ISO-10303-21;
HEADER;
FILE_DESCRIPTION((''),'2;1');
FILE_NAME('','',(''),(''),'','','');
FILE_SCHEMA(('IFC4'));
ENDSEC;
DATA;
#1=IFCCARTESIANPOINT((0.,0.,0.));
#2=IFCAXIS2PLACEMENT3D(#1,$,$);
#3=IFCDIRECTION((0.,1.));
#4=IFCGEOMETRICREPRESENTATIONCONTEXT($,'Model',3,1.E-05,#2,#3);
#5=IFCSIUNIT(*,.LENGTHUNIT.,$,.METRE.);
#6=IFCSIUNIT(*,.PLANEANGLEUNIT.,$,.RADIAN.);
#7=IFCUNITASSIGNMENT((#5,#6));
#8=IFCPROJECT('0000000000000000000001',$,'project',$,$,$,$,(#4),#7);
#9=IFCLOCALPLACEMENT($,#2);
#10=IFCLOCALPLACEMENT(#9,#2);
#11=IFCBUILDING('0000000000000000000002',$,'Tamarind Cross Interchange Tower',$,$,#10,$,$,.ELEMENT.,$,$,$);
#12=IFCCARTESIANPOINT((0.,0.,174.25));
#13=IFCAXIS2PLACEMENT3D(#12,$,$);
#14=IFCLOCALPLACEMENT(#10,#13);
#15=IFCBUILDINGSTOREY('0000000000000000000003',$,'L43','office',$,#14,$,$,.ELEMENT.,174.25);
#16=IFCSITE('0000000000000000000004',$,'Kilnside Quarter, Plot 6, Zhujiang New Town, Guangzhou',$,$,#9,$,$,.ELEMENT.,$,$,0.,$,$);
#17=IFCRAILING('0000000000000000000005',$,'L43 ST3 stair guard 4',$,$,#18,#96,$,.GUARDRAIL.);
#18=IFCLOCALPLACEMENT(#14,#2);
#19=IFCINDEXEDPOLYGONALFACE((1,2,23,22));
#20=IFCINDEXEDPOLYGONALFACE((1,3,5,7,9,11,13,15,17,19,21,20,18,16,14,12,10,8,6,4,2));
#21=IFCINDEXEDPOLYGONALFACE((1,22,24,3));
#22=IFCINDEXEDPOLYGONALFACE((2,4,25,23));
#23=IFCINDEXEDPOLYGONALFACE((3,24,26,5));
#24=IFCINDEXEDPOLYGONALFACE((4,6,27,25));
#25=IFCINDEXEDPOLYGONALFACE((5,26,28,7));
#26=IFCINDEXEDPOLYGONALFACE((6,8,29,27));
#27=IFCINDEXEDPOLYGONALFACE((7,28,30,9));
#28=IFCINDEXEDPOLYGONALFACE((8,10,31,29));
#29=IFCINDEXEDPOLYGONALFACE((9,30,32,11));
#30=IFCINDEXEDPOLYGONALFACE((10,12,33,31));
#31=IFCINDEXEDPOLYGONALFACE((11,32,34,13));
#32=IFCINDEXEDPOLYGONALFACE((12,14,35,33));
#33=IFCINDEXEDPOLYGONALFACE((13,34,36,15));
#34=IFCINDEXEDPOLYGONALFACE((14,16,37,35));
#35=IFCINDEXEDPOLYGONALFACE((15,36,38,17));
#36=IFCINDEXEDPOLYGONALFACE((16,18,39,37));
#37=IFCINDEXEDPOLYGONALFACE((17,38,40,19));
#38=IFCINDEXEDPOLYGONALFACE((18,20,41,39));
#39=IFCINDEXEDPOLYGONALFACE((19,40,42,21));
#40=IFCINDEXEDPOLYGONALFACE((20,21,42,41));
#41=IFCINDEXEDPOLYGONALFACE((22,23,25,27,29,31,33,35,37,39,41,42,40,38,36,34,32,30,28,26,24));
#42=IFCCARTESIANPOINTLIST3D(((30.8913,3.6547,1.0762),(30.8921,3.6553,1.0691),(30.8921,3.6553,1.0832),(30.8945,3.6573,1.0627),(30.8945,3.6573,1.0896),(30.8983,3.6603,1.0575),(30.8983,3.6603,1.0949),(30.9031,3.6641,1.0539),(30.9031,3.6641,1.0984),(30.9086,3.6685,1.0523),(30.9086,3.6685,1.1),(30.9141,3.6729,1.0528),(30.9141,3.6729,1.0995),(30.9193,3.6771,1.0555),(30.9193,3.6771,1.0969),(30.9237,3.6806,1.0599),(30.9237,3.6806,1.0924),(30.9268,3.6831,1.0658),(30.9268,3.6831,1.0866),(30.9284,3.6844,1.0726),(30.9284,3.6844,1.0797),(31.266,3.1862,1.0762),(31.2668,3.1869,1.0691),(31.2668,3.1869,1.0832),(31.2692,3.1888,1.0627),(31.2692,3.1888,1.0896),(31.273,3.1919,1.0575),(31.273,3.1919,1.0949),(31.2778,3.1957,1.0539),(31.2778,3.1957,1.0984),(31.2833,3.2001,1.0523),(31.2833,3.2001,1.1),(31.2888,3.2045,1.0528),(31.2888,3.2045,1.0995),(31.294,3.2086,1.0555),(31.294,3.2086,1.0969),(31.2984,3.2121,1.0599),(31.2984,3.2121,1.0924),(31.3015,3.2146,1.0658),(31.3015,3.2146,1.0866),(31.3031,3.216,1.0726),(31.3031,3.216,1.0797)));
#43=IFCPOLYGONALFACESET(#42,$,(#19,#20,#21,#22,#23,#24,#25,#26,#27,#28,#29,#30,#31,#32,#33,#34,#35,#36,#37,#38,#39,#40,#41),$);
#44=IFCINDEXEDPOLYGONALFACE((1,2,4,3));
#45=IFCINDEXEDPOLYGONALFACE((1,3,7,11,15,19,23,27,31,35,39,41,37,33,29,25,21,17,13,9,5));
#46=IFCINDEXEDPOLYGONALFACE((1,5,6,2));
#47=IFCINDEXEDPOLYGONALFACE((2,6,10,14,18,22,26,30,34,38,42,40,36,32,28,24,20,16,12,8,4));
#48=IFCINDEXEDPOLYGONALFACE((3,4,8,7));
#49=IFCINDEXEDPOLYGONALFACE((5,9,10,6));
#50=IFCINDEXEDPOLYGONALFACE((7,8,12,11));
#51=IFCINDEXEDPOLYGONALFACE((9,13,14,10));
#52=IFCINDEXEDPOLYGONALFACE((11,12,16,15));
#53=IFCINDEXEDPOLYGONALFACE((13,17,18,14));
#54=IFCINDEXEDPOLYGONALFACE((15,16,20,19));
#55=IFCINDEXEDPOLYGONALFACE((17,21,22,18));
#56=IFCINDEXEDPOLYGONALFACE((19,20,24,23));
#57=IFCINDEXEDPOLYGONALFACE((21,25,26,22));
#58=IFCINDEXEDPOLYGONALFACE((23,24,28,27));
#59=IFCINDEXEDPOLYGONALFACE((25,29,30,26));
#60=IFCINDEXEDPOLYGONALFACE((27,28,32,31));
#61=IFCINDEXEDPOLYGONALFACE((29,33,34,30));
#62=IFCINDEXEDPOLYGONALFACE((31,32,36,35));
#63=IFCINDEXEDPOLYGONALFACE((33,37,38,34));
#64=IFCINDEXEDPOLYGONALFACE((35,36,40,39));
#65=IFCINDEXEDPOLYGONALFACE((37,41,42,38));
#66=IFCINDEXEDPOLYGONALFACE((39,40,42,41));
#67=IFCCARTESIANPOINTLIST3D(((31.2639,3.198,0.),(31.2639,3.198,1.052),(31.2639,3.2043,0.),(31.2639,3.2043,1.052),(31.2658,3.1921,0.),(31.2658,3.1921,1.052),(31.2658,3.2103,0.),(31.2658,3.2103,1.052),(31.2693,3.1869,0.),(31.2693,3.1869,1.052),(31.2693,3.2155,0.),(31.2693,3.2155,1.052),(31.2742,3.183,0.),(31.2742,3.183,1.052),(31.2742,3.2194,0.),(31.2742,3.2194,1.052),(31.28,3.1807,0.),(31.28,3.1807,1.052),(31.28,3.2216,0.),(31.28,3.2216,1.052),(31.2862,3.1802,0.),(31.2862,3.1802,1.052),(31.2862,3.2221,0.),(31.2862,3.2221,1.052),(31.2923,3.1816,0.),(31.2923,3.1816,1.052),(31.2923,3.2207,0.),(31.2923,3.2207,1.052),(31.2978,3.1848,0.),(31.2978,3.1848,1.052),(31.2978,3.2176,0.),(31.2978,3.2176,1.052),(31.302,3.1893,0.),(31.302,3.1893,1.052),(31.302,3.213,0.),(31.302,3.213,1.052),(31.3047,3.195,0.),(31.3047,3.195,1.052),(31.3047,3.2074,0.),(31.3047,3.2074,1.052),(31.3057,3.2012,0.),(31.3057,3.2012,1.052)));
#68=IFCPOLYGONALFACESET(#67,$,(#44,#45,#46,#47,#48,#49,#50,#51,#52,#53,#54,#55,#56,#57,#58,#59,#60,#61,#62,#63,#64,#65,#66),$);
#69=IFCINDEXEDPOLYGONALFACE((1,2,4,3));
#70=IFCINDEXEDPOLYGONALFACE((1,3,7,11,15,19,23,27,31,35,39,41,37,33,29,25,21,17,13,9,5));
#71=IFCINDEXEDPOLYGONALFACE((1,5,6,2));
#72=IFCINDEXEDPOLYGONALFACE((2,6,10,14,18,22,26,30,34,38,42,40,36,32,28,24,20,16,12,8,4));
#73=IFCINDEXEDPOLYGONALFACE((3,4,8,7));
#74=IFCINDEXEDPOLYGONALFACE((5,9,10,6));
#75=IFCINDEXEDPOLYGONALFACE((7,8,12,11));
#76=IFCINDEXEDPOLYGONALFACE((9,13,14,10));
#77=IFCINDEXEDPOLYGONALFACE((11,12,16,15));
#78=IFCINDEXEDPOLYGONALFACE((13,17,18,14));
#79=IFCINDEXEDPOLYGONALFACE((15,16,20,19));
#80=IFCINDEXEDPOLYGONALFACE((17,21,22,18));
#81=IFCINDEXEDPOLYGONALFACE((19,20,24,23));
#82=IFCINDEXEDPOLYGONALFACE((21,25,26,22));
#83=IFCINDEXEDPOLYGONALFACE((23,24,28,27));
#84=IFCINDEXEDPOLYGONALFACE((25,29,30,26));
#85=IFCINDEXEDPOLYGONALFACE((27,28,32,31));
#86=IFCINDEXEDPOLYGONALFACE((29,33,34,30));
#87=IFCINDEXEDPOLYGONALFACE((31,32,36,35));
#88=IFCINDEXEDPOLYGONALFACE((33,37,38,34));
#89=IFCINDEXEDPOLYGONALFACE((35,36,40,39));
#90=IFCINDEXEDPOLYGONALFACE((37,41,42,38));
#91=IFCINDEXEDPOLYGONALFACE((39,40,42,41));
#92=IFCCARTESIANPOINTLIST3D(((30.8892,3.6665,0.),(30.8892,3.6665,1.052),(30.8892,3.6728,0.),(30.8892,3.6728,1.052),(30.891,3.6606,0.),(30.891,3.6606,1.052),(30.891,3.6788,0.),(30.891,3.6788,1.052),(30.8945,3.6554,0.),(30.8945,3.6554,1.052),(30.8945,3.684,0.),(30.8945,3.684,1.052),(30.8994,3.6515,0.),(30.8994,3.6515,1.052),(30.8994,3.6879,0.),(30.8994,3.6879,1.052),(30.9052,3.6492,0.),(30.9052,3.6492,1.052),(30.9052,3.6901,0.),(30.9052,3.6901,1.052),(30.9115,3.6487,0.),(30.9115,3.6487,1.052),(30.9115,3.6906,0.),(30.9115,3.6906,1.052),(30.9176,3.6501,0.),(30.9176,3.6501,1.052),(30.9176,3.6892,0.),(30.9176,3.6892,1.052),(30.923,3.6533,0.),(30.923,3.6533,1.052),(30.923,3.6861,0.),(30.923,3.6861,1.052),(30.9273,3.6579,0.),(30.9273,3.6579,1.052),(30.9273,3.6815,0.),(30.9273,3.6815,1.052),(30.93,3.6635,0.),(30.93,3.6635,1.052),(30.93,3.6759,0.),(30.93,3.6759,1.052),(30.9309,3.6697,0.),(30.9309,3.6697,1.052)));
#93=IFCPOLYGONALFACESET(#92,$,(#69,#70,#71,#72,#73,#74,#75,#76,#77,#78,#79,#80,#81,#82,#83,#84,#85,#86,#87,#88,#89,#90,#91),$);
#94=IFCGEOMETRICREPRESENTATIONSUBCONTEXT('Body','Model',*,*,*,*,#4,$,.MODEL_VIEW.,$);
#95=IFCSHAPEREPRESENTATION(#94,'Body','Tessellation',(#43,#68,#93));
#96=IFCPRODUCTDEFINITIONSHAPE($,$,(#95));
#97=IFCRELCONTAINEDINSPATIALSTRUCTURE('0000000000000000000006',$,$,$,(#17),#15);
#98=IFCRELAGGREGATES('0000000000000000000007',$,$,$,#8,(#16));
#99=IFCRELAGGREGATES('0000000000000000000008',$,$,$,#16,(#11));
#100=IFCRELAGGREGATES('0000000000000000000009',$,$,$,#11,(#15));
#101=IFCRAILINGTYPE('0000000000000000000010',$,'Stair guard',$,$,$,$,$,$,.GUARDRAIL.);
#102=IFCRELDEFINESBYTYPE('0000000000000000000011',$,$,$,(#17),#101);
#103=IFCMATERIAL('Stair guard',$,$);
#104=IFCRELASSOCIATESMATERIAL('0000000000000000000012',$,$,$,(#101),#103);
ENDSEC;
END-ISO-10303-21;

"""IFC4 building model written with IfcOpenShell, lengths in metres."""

from ifc_helpers import new_model, si_unit, direction, frame, origin, origin_2d, place, context, subcontext, project, spatial, circle, extrude, material, type_object, element, save


model = new_model("IFC4")

# Units and contexts
model_context = context("Model", 3, precision=1e-05, world=origin(), true_north=direction((0.0, 1.0)))
body_context = subcontext(model_context, "Body", "Model", "MODEL_VIEW")
ifc_project = project(units=[si_unit("LENGTHUNIT", "METRE"), si_unit("PLANEANGLEUNIT", "RADIAN")], contexts=[model_context])

# Site, building, storey
site_placement = place(None, origin())
site = spatial("IfcSite", under=ifc_project, at=site_placement, Name="Kilnside Quarter, Plot 6, Zhujiang New Town, Guangzhou", CompositionType="ELEMENT", RefElevation=0.0)
building_placement = place(site_placement, origin())
building = spatial("IfcBuilding", under=site, at=building_placement, Name="Tamarind Cross Interchange Tower", CompositionType="ELEMENT")
storey_placement = place(building_placement, frame((0.0, 0.0, 174.25)))
storey = spatial("IfcBuildingStorey", under=building, at=storey_placement, Name="L43", Description="office", CompositionType="ELEMENT", Elevation=174.25)

# Railing
ifc_material_1 = material(Name="Stair guard")
railing_type = type_object("IfcRailingType", Name="Stair guard", PredefinedType="GUARDRAIL", material=ifc_material_1)
railing_1_placement = place(storey_placement, frame((31.2847, 3.2012, 0.0)))
element("IfcRailing", 1, at=railing_1_placement, inside=storey, type_object=railing_type, Name="L43 ST3 stair guard 4", PredefinedType="GUARDRAIL", context=body_context, shape_type="SweptSolid", body=[
    extrude(circle(Radius=0.0239, at=origin_2d()), frame((0.0, 0.0, 1.0762), z_axis=(-0.624645, 0.780909, 0.0), x_axis=(-0.780909, -0.624645, 0.0)), (0.0, 0.0, 1.0), 0.5999),
    extrude(circle(Radius=0.021, at=origin_2d()), origin(), (0.0, 0.0, 1.0), 1.052),
    extrude(circle(Radius=0.021, at=origin_2d()), frame((-0.3748, 0.4685, 0.0)), (0.0, 0.0, 1.0), 1.052),
])

save(model, "model.ifc")
